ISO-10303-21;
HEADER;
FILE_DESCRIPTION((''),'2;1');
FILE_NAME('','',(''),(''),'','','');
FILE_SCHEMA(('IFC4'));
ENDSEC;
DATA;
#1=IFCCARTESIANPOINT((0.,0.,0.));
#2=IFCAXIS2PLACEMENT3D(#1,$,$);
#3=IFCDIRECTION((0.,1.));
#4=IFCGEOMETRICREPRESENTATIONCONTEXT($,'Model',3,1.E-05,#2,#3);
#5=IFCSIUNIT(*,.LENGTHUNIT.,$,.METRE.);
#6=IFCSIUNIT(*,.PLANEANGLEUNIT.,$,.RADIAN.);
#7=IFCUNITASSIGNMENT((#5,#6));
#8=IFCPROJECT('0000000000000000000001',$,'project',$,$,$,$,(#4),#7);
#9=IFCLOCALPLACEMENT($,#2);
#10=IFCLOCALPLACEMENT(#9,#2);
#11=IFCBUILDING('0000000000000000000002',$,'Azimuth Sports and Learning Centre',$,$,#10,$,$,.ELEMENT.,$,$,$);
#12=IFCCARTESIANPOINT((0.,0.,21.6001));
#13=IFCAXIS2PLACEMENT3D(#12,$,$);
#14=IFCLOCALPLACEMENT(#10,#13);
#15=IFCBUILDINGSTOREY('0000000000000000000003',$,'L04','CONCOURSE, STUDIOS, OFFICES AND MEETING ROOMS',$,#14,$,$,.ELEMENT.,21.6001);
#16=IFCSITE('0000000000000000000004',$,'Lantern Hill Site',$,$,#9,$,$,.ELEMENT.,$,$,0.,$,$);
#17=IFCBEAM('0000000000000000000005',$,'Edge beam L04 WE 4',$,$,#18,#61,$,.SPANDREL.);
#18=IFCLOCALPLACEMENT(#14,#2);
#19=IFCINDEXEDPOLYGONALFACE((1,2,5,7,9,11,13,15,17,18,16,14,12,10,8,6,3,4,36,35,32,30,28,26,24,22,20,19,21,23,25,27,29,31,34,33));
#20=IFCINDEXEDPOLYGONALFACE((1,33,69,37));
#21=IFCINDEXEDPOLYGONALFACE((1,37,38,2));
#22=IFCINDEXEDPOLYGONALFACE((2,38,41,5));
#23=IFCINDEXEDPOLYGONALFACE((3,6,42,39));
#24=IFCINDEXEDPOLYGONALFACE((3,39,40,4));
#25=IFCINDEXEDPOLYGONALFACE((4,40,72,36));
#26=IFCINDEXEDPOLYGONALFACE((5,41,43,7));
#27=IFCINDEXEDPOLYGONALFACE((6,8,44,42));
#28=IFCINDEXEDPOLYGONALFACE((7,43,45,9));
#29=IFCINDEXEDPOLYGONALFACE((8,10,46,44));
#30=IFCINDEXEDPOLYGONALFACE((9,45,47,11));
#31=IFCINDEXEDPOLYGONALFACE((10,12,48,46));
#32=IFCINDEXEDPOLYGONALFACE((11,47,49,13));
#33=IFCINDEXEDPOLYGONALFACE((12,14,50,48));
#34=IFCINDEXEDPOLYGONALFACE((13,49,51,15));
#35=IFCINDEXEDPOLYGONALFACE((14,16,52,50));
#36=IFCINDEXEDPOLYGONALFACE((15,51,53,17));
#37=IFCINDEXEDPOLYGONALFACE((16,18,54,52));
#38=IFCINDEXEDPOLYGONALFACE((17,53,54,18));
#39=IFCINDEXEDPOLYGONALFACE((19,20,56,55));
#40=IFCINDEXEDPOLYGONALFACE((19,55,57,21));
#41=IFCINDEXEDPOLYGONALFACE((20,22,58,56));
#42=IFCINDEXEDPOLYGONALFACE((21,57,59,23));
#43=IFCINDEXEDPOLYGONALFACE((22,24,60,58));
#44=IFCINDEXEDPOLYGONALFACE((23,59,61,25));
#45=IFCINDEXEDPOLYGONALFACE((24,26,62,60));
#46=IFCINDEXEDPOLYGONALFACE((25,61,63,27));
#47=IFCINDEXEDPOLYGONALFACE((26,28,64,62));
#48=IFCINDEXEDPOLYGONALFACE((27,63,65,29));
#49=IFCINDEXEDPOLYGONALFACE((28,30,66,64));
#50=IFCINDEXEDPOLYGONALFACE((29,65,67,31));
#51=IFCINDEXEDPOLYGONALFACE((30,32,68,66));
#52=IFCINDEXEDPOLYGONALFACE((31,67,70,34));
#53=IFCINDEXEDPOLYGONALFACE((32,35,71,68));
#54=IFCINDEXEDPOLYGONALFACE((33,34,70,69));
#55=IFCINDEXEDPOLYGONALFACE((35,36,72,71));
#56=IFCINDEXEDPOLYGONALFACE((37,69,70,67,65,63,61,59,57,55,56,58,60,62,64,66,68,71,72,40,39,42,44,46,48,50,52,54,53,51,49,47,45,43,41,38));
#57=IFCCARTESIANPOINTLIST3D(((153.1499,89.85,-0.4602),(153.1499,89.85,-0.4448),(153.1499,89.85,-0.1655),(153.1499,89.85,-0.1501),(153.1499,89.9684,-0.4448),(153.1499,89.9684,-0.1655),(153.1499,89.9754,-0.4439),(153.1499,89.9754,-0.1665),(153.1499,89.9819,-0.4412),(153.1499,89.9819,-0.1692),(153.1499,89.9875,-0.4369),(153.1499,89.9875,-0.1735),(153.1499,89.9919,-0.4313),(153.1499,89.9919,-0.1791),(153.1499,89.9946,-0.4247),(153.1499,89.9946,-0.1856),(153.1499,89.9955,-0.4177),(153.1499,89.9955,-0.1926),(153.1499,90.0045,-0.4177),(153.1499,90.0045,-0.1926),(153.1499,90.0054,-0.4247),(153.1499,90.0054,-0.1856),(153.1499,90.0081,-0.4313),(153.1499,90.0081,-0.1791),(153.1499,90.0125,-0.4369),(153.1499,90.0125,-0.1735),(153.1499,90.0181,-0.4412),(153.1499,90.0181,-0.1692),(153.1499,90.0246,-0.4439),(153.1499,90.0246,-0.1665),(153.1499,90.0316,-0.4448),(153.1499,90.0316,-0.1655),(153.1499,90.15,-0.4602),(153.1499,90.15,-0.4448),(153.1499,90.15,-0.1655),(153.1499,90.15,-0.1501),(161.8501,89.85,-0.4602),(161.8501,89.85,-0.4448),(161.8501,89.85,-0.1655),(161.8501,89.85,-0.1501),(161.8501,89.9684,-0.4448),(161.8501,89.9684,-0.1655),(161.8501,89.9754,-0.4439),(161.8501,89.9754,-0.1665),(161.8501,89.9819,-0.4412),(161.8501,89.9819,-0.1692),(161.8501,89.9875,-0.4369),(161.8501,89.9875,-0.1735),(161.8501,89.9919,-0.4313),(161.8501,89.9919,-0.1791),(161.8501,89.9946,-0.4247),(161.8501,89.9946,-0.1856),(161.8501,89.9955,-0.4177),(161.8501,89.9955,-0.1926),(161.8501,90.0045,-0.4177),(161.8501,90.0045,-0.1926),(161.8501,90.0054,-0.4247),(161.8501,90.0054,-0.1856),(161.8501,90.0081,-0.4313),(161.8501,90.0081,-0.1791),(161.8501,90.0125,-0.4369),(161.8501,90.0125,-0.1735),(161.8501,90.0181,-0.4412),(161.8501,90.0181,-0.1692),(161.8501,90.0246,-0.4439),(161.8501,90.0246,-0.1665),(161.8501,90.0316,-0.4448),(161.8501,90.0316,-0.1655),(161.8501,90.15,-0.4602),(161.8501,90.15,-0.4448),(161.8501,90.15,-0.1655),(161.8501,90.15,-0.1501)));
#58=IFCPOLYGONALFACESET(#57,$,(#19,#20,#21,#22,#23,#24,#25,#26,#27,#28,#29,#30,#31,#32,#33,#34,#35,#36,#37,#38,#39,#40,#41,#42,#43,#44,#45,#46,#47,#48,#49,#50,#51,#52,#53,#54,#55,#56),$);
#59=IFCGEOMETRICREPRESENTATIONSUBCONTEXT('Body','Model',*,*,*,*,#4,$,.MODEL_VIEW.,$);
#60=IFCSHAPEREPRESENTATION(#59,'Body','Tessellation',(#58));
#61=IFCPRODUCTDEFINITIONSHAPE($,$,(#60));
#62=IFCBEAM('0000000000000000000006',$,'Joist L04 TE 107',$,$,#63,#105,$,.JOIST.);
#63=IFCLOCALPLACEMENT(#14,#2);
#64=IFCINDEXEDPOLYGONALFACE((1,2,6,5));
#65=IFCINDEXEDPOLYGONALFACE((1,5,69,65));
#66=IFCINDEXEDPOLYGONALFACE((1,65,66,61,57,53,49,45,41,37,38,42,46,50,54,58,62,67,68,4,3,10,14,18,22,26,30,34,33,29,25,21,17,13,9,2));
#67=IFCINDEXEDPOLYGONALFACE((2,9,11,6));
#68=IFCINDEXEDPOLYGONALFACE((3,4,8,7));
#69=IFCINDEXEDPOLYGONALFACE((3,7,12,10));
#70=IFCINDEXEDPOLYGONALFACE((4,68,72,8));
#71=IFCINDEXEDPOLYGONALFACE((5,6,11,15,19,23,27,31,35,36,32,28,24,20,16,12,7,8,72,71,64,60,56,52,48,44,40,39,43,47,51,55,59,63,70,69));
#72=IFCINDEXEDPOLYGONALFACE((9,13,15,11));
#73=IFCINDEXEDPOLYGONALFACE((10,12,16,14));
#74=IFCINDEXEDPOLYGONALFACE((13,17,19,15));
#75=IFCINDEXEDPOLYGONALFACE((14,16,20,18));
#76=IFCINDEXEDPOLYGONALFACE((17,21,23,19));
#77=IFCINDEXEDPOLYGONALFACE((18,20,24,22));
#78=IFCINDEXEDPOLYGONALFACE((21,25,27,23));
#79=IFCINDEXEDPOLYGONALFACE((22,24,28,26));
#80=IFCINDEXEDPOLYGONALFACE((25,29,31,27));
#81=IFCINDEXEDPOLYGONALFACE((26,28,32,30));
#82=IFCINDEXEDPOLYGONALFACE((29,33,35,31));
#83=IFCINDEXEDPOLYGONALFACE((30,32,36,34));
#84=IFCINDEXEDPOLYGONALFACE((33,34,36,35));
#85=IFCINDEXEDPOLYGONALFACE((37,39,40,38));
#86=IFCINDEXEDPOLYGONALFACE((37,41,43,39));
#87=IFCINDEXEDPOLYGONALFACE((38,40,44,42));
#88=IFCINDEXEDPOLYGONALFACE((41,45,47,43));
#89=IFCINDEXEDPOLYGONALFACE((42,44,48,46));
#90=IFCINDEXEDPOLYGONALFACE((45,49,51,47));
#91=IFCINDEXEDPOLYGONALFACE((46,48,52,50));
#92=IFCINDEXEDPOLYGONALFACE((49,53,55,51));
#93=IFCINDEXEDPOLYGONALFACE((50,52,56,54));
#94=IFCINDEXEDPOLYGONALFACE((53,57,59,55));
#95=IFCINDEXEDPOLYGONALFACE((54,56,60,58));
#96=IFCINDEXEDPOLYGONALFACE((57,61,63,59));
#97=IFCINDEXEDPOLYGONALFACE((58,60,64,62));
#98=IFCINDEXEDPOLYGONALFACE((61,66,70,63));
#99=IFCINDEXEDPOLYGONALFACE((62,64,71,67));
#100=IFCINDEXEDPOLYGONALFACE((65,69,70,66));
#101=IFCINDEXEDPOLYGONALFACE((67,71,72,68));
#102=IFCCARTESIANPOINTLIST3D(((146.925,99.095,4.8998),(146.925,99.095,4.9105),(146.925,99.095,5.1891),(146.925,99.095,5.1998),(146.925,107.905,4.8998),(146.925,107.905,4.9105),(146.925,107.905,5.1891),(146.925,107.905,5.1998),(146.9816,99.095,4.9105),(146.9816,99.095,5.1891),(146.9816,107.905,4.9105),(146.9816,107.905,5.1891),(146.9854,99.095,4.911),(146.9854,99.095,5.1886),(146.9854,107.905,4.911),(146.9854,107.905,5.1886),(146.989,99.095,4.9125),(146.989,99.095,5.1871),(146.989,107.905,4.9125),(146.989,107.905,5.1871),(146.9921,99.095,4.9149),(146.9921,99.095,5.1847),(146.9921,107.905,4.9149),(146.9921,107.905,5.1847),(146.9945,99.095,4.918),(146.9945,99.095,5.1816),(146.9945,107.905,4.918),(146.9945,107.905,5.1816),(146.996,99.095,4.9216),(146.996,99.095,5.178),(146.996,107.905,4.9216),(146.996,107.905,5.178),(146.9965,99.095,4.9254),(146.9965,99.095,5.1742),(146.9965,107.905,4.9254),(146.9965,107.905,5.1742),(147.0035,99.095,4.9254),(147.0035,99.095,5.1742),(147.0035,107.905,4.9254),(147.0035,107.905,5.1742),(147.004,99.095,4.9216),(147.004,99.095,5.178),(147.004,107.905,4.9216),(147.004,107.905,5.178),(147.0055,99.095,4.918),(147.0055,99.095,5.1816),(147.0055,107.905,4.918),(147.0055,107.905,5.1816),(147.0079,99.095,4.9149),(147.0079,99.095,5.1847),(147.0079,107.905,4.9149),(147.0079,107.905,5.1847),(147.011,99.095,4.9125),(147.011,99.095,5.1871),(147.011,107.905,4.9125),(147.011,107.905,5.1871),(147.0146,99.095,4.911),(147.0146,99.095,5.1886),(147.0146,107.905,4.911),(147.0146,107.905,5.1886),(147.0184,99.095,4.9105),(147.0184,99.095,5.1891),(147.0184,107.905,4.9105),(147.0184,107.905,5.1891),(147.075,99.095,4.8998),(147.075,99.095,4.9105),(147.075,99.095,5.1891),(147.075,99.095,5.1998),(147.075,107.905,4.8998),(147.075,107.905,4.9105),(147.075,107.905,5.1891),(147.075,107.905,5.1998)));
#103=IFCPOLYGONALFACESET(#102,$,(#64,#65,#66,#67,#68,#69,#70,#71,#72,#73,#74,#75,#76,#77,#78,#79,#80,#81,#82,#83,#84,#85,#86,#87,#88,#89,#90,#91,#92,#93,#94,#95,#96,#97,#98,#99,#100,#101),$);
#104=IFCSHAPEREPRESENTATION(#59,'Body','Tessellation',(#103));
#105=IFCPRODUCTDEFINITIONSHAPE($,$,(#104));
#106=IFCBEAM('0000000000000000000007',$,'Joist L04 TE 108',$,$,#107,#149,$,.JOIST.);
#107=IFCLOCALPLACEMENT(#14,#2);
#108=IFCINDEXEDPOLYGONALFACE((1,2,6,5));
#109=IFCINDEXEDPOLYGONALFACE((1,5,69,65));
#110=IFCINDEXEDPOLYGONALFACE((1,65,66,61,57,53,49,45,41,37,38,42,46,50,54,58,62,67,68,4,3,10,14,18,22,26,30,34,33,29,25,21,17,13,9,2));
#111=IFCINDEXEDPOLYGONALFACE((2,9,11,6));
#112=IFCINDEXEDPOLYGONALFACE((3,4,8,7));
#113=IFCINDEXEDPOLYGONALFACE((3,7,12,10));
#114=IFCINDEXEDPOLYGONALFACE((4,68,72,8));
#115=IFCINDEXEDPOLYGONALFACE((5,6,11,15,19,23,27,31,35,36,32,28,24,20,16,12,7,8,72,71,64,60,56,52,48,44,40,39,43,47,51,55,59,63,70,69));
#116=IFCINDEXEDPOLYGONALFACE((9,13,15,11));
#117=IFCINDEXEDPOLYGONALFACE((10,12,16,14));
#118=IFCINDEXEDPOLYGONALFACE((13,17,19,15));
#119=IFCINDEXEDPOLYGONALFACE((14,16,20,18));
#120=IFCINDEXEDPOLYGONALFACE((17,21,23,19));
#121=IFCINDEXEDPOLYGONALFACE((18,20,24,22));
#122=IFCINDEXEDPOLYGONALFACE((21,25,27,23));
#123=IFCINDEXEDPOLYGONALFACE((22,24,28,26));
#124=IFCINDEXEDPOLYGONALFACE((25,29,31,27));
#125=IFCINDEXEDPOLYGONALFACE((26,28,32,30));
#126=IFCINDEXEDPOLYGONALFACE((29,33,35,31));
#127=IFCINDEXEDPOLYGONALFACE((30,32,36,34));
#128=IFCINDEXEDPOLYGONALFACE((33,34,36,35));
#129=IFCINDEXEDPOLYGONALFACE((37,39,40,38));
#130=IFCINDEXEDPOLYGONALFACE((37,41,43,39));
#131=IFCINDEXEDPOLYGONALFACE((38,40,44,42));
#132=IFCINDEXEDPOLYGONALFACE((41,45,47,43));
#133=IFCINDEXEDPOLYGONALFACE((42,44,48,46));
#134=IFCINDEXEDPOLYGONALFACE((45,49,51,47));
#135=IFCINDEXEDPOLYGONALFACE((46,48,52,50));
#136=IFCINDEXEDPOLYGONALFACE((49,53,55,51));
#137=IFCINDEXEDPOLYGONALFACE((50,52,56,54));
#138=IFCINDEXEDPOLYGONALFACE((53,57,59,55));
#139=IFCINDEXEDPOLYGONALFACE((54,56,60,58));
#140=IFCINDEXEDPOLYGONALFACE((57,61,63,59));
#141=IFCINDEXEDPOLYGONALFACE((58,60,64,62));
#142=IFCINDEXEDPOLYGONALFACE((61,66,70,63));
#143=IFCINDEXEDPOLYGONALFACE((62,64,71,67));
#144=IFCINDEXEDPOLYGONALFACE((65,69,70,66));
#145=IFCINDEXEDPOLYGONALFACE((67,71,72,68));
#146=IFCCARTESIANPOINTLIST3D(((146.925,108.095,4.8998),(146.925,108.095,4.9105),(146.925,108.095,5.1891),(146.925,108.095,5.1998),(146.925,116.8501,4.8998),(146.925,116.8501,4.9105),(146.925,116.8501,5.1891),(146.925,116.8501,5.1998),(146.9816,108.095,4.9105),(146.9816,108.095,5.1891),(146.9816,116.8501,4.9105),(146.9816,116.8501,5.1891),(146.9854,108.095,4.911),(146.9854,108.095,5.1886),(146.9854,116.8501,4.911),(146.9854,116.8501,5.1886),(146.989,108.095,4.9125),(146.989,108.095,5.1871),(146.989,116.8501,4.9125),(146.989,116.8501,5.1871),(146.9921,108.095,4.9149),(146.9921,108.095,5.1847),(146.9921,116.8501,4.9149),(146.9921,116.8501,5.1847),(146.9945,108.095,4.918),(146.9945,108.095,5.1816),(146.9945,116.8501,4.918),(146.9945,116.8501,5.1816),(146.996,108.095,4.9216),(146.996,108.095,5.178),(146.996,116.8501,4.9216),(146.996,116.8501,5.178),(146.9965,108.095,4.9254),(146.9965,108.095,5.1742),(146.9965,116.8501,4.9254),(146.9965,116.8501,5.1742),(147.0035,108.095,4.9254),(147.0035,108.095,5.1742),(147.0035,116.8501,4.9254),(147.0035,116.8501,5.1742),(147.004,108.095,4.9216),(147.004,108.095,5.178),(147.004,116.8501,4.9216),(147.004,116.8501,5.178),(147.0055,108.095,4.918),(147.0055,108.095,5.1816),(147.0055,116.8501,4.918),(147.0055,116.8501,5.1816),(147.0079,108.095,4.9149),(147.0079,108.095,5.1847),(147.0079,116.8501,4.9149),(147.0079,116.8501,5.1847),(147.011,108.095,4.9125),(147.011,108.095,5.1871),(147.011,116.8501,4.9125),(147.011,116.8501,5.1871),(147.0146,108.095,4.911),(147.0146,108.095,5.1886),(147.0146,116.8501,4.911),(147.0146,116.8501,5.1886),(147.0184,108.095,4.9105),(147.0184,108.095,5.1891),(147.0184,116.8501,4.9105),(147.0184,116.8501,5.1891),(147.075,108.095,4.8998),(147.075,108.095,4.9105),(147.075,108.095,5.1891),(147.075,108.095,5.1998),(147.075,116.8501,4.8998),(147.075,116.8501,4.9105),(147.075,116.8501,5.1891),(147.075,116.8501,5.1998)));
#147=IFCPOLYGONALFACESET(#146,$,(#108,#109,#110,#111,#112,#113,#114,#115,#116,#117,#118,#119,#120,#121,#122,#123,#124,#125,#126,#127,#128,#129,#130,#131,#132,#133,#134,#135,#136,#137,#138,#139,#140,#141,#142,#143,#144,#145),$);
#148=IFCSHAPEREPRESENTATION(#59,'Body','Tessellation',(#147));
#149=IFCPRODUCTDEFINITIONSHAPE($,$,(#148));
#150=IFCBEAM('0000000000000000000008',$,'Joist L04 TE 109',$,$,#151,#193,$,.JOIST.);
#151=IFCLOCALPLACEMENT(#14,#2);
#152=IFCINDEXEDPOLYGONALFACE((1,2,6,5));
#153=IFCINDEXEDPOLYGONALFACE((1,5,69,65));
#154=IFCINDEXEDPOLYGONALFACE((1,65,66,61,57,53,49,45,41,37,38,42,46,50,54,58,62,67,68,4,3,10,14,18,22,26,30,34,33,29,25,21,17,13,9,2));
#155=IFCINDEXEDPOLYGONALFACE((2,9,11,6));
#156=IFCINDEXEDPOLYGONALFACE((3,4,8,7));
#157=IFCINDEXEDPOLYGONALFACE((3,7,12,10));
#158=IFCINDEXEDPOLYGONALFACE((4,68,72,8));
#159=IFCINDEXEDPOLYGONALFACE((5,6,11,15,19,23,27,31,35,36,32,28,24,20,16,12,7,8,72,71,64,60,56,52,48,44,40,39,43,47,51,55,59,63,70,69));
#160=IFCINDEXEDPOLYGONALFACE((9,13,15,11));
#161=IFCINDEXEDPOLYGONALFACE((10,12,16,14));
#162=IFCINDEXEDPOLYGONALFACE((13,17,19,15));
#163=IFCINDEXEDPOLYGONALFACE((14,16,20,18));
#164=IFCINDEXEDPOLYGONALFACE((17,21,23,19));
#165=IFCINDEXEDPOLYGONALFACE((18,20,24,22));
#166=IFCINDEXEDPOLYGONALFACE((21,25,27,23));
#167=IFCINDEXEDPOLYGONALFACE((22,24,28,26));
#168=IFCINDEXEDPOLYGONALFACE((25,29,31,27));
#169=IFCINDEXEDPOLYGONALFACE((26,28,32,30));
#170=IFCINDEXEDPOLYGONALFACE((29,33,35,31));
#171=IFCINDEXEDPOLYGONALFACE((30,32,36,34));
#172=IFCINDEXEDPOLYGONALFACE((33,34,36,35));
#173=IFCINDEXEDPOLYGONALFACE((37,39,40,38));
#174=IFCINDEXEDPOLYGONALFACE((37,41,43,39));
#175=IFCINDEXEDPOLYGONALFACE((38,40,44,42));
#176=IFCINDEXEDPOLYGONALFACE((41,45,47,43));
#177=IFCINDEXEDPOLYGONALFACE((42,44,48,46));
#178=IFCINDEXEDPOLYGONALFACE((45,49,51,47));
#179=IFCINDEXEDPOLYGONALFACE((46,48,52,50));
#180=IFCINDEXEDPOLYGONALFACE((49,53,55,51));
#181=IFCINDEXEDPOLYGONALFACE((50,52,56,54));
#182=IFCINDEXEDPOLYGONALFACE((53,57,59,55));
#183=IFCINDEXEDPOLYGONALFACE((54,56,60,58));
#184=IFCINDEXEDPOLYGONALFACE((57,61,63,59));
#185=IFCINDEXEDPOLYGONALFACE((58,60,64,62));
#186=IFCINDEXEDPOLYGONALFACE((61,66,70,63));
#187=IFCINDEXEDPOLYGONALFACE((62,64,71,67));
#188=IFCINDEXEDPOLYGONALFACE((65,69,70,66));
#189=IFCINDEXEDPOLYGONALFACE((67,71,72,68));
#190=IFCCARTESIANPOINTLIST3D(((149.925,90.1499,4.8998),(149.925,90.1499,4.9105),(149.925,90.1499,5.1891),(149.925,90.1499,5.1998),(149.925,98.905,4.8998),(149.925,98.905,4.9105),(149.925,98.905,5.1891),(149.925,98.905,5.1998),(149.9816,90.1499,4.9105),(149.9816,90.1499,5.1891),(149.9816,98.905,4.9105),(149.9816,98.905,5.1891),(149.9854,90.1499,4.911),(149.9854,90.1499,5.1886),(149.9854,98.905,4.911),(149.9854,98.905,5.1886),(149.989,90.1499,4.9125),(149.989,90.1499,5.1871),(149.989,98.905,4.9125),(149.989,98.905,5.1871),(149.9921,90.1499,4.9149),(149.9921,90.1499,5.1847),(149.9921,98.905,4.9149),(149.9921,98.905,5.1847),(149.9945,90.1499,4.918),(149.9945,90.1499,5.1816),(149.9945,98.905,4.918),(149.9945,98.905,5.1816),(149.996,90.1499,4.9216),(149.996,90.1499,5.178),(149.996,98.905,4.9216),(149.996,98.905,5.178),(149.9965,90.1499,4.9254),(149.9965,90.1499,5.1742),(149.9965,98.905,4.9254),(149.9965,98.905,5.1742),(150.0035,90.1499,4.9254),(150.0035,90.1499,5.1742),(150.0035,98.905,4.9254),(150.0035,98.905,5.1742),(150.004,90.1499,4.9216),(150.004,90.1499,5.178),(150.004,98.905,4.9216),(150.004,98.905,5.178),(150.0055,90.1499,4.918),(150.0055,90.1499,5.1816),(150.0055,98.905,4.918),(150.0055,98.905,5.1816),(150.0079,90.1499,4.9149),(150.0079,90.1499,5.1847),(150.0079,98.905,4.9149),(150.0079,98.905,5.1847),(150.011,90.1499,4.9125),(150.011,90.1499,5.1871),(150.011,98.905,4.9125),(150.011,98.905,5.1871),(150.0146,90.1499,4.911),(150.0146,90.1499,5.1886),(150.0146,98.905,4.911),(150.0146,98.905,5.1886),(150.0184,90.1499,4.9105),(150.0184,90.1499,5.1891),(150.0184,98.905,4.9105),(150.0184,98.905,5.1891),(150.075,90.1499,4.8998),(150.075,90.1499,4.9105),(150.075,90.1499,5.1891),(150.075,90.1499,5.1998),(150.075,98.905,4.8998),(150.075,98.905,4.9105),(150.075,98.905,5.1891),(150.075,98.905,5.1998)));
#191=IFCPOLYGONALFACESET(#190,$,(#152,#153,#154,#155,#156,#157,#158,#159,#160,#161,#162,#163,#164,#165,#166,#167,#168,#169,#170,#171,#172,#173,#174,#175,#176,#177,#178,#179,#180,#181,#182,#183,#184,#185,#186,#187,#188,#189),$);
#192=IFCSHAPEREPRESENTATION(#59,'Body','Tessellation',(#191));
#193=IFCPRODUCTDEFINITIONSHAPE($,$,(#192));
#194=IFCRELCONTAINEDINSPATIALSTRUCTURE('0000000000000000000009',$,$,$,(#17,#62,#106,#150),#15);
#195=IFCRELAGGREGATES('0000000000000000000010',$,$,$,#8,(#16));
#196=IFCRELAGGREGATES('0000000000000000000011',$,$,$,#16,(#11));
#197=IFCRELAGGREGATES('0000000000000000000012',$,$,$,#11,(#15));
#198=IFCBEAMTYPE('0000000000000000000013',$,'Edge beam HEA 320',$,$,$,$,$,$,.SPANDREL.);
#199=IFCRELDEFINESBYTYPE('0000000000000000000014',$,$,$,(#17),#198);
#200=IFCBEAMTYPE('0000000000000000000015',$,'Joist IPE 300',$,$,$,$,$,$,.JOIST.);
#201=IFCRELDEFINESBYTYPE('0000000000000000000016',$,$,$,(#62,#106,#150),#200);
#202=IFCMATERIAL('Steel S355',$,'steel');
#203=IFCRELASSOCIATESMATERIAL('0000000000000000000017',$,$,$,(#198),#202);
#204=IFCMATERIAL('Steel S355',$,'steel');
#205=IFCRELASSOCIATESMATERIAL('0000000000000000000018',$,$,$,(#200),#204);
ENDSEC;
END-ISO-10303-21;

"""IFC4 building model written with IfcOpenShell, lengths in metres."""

from ifc_helpers import new_model, si_unit, direction, frame, origin, origin_2d, place, context, subcontext, project, spatial, i_section, extrude, material, material_profile, profile_set, type_object, element, save


model = new_model("IFC4")

# Units and contexts
model_context = context("Model", 3, precision=1e-05, world=origin(), true_north=direction((0.0, 1.0)))
body_context = subcontext(model_context, "Body", "Model", "MODEL_VIEW")
ifc_project = project(units=[si_unit("LENGTHUNIT", "METRE"), si_unit("PLANEANGLEUNIT", "RADIAN")], contexts=[model_context])

# Site, building, storey
site_placement = place(None, origin())
site = spatial("IfcSite", under=ifc_project, at=site_placement, Name="Lantern Hill Site", CompositionType="ELEMENT", RefElevation=0.0)
building_placement = place(site_placement, origin())
building = spatial("IfcBuilding", under=site, at=building_placement, Name="Azimuth Sports and Learning Centre", CompositionType="ELEMENT")
storey_placement = place(building_placement, frame((0.0, 0.0, 21.6001)))
storey = spatial("IfcBuildingStorey", under=building, at=storey_placement, Name="L04", Description="CONCOURSE, STUDIOS, OFFICES AND MEETING ROOMS", CompositionType="ELEMENT", Elevation=21.6001)

# Beams
ifc_material_1 = material(Name="Steel S355", Category="steel")
ifc_material_profile_1 = material_profile(ifc_material_1, i_section(OverallWidth=0.3, OverallDepth=0.3101, WebThickness=0.009, FlangeThickness=0.0154, FilletRadius=0.0271, at=origin_2d()), Name="HEA 320")
ifc_profile_set_1 = profile_set([ifc_material_profile_1], Name="Steel S355")
beam_type_1 = type_object("IfcBeamType", Name="Edge beam HEA 320", PredefinedType="SPANDREL", material=ifc_profile_set_1)
beam_1_placement = place(storey_placement, frame((153.1499, 90.0, -0.3052), z_axis=(1.0, 0.0, 0.0), x_axis=(0.0, 1.0, 0.0)))
element("IfcBeam", 1, at=beam_1_placement, inside=storey, type_object=beam_type_1, Name="Edge beam L04 WE 4", PredefinedType="SPANDREL", context=body_context, shape_type="SweptSolid", body=[
    extrude(i_section(OverallWidth=0.3, OverallDepth=0.3101, WebThickness=0.009, FlangeThickness=0.0154, FilletRadius=0.0271, at=origin_2d()), origin(), (0.0, 0.0, 1.0), 8.7002),
])
ifc_material_2 = material(Name="Steel S355", Category="steel")
ifc_material_profile_2 = material_profile(ifc_material_2, i_section(OverallWidth=0.1499, OverallDepth=0.3, WebThickness=0.0071, FlangeThickness=0.0107, FilletRadius=0.0149, at=origin_2d()), Name="IPE 300")
ifc_profile_set_2 = profile_set([ifc_material_profile_2], Name="Steel S355")
beam_type_2 = type_object("IfcBeamType", Name="Joist IPE 300", PredefinedType="JOIST", material=ifc_profile_set_2)
beam_2_placement = place(storey_placement, frame((147.0, 99.095, 5.0498), z_axis=(0.0, 1.0, 0.0), x_axis=(-1.0, 0.0, 0.0)))
element("IfcBeam", 2, at=beam_2_placement, inside=storey, type_object=beam_type_2, Name="Joist L04 TE 107", PredefinedType="JOIST", context=body_context, shape_type="SweptSolid", body=[
    extrude(i_section(OverallWidth=0.1499, OverallDepth=0.3, WebThickness=0.0071, FlangeThickness=0.0107, FilletRadius=0.0149, at=origin_2d()), origin(), (0.0, 0.0, 1.0), 8.8101),
])
for number, where, z_axis, x_axis, name in (
    (3, (147.0, 108.095, 5.0498), (0.0, 1.0, 0.0), (-1.0, 0.0, 0.0), "Joist L04 TE 108"),
    (4, (150.0, 90.1499, 5.0498), (0.0, 1.0, 0.0), (-1.0, 0.0, 0.0), "Joist L04 TE 109"),
):
    element("IfcBeam", number, at=place(storey_placement, frame(where, z_axis=z_axis, x_axis=x_axis)), inside=storey, type_object=beam_type_2, Name=name, PredefinedType="JOIST", context=body_context, shape_type="SweptSolid", body=[
        extrude(i_section(OverallWidth=0.1499, OverallDepth=0.3, WebThickness=0.0071, FlangeThickness=0.0107, FilletRadius=0.0149, at=origin_2d()), origin(), (0.0, 0.0, 1.0), 8.7551),
    ])

save(model, "model.ifc")
